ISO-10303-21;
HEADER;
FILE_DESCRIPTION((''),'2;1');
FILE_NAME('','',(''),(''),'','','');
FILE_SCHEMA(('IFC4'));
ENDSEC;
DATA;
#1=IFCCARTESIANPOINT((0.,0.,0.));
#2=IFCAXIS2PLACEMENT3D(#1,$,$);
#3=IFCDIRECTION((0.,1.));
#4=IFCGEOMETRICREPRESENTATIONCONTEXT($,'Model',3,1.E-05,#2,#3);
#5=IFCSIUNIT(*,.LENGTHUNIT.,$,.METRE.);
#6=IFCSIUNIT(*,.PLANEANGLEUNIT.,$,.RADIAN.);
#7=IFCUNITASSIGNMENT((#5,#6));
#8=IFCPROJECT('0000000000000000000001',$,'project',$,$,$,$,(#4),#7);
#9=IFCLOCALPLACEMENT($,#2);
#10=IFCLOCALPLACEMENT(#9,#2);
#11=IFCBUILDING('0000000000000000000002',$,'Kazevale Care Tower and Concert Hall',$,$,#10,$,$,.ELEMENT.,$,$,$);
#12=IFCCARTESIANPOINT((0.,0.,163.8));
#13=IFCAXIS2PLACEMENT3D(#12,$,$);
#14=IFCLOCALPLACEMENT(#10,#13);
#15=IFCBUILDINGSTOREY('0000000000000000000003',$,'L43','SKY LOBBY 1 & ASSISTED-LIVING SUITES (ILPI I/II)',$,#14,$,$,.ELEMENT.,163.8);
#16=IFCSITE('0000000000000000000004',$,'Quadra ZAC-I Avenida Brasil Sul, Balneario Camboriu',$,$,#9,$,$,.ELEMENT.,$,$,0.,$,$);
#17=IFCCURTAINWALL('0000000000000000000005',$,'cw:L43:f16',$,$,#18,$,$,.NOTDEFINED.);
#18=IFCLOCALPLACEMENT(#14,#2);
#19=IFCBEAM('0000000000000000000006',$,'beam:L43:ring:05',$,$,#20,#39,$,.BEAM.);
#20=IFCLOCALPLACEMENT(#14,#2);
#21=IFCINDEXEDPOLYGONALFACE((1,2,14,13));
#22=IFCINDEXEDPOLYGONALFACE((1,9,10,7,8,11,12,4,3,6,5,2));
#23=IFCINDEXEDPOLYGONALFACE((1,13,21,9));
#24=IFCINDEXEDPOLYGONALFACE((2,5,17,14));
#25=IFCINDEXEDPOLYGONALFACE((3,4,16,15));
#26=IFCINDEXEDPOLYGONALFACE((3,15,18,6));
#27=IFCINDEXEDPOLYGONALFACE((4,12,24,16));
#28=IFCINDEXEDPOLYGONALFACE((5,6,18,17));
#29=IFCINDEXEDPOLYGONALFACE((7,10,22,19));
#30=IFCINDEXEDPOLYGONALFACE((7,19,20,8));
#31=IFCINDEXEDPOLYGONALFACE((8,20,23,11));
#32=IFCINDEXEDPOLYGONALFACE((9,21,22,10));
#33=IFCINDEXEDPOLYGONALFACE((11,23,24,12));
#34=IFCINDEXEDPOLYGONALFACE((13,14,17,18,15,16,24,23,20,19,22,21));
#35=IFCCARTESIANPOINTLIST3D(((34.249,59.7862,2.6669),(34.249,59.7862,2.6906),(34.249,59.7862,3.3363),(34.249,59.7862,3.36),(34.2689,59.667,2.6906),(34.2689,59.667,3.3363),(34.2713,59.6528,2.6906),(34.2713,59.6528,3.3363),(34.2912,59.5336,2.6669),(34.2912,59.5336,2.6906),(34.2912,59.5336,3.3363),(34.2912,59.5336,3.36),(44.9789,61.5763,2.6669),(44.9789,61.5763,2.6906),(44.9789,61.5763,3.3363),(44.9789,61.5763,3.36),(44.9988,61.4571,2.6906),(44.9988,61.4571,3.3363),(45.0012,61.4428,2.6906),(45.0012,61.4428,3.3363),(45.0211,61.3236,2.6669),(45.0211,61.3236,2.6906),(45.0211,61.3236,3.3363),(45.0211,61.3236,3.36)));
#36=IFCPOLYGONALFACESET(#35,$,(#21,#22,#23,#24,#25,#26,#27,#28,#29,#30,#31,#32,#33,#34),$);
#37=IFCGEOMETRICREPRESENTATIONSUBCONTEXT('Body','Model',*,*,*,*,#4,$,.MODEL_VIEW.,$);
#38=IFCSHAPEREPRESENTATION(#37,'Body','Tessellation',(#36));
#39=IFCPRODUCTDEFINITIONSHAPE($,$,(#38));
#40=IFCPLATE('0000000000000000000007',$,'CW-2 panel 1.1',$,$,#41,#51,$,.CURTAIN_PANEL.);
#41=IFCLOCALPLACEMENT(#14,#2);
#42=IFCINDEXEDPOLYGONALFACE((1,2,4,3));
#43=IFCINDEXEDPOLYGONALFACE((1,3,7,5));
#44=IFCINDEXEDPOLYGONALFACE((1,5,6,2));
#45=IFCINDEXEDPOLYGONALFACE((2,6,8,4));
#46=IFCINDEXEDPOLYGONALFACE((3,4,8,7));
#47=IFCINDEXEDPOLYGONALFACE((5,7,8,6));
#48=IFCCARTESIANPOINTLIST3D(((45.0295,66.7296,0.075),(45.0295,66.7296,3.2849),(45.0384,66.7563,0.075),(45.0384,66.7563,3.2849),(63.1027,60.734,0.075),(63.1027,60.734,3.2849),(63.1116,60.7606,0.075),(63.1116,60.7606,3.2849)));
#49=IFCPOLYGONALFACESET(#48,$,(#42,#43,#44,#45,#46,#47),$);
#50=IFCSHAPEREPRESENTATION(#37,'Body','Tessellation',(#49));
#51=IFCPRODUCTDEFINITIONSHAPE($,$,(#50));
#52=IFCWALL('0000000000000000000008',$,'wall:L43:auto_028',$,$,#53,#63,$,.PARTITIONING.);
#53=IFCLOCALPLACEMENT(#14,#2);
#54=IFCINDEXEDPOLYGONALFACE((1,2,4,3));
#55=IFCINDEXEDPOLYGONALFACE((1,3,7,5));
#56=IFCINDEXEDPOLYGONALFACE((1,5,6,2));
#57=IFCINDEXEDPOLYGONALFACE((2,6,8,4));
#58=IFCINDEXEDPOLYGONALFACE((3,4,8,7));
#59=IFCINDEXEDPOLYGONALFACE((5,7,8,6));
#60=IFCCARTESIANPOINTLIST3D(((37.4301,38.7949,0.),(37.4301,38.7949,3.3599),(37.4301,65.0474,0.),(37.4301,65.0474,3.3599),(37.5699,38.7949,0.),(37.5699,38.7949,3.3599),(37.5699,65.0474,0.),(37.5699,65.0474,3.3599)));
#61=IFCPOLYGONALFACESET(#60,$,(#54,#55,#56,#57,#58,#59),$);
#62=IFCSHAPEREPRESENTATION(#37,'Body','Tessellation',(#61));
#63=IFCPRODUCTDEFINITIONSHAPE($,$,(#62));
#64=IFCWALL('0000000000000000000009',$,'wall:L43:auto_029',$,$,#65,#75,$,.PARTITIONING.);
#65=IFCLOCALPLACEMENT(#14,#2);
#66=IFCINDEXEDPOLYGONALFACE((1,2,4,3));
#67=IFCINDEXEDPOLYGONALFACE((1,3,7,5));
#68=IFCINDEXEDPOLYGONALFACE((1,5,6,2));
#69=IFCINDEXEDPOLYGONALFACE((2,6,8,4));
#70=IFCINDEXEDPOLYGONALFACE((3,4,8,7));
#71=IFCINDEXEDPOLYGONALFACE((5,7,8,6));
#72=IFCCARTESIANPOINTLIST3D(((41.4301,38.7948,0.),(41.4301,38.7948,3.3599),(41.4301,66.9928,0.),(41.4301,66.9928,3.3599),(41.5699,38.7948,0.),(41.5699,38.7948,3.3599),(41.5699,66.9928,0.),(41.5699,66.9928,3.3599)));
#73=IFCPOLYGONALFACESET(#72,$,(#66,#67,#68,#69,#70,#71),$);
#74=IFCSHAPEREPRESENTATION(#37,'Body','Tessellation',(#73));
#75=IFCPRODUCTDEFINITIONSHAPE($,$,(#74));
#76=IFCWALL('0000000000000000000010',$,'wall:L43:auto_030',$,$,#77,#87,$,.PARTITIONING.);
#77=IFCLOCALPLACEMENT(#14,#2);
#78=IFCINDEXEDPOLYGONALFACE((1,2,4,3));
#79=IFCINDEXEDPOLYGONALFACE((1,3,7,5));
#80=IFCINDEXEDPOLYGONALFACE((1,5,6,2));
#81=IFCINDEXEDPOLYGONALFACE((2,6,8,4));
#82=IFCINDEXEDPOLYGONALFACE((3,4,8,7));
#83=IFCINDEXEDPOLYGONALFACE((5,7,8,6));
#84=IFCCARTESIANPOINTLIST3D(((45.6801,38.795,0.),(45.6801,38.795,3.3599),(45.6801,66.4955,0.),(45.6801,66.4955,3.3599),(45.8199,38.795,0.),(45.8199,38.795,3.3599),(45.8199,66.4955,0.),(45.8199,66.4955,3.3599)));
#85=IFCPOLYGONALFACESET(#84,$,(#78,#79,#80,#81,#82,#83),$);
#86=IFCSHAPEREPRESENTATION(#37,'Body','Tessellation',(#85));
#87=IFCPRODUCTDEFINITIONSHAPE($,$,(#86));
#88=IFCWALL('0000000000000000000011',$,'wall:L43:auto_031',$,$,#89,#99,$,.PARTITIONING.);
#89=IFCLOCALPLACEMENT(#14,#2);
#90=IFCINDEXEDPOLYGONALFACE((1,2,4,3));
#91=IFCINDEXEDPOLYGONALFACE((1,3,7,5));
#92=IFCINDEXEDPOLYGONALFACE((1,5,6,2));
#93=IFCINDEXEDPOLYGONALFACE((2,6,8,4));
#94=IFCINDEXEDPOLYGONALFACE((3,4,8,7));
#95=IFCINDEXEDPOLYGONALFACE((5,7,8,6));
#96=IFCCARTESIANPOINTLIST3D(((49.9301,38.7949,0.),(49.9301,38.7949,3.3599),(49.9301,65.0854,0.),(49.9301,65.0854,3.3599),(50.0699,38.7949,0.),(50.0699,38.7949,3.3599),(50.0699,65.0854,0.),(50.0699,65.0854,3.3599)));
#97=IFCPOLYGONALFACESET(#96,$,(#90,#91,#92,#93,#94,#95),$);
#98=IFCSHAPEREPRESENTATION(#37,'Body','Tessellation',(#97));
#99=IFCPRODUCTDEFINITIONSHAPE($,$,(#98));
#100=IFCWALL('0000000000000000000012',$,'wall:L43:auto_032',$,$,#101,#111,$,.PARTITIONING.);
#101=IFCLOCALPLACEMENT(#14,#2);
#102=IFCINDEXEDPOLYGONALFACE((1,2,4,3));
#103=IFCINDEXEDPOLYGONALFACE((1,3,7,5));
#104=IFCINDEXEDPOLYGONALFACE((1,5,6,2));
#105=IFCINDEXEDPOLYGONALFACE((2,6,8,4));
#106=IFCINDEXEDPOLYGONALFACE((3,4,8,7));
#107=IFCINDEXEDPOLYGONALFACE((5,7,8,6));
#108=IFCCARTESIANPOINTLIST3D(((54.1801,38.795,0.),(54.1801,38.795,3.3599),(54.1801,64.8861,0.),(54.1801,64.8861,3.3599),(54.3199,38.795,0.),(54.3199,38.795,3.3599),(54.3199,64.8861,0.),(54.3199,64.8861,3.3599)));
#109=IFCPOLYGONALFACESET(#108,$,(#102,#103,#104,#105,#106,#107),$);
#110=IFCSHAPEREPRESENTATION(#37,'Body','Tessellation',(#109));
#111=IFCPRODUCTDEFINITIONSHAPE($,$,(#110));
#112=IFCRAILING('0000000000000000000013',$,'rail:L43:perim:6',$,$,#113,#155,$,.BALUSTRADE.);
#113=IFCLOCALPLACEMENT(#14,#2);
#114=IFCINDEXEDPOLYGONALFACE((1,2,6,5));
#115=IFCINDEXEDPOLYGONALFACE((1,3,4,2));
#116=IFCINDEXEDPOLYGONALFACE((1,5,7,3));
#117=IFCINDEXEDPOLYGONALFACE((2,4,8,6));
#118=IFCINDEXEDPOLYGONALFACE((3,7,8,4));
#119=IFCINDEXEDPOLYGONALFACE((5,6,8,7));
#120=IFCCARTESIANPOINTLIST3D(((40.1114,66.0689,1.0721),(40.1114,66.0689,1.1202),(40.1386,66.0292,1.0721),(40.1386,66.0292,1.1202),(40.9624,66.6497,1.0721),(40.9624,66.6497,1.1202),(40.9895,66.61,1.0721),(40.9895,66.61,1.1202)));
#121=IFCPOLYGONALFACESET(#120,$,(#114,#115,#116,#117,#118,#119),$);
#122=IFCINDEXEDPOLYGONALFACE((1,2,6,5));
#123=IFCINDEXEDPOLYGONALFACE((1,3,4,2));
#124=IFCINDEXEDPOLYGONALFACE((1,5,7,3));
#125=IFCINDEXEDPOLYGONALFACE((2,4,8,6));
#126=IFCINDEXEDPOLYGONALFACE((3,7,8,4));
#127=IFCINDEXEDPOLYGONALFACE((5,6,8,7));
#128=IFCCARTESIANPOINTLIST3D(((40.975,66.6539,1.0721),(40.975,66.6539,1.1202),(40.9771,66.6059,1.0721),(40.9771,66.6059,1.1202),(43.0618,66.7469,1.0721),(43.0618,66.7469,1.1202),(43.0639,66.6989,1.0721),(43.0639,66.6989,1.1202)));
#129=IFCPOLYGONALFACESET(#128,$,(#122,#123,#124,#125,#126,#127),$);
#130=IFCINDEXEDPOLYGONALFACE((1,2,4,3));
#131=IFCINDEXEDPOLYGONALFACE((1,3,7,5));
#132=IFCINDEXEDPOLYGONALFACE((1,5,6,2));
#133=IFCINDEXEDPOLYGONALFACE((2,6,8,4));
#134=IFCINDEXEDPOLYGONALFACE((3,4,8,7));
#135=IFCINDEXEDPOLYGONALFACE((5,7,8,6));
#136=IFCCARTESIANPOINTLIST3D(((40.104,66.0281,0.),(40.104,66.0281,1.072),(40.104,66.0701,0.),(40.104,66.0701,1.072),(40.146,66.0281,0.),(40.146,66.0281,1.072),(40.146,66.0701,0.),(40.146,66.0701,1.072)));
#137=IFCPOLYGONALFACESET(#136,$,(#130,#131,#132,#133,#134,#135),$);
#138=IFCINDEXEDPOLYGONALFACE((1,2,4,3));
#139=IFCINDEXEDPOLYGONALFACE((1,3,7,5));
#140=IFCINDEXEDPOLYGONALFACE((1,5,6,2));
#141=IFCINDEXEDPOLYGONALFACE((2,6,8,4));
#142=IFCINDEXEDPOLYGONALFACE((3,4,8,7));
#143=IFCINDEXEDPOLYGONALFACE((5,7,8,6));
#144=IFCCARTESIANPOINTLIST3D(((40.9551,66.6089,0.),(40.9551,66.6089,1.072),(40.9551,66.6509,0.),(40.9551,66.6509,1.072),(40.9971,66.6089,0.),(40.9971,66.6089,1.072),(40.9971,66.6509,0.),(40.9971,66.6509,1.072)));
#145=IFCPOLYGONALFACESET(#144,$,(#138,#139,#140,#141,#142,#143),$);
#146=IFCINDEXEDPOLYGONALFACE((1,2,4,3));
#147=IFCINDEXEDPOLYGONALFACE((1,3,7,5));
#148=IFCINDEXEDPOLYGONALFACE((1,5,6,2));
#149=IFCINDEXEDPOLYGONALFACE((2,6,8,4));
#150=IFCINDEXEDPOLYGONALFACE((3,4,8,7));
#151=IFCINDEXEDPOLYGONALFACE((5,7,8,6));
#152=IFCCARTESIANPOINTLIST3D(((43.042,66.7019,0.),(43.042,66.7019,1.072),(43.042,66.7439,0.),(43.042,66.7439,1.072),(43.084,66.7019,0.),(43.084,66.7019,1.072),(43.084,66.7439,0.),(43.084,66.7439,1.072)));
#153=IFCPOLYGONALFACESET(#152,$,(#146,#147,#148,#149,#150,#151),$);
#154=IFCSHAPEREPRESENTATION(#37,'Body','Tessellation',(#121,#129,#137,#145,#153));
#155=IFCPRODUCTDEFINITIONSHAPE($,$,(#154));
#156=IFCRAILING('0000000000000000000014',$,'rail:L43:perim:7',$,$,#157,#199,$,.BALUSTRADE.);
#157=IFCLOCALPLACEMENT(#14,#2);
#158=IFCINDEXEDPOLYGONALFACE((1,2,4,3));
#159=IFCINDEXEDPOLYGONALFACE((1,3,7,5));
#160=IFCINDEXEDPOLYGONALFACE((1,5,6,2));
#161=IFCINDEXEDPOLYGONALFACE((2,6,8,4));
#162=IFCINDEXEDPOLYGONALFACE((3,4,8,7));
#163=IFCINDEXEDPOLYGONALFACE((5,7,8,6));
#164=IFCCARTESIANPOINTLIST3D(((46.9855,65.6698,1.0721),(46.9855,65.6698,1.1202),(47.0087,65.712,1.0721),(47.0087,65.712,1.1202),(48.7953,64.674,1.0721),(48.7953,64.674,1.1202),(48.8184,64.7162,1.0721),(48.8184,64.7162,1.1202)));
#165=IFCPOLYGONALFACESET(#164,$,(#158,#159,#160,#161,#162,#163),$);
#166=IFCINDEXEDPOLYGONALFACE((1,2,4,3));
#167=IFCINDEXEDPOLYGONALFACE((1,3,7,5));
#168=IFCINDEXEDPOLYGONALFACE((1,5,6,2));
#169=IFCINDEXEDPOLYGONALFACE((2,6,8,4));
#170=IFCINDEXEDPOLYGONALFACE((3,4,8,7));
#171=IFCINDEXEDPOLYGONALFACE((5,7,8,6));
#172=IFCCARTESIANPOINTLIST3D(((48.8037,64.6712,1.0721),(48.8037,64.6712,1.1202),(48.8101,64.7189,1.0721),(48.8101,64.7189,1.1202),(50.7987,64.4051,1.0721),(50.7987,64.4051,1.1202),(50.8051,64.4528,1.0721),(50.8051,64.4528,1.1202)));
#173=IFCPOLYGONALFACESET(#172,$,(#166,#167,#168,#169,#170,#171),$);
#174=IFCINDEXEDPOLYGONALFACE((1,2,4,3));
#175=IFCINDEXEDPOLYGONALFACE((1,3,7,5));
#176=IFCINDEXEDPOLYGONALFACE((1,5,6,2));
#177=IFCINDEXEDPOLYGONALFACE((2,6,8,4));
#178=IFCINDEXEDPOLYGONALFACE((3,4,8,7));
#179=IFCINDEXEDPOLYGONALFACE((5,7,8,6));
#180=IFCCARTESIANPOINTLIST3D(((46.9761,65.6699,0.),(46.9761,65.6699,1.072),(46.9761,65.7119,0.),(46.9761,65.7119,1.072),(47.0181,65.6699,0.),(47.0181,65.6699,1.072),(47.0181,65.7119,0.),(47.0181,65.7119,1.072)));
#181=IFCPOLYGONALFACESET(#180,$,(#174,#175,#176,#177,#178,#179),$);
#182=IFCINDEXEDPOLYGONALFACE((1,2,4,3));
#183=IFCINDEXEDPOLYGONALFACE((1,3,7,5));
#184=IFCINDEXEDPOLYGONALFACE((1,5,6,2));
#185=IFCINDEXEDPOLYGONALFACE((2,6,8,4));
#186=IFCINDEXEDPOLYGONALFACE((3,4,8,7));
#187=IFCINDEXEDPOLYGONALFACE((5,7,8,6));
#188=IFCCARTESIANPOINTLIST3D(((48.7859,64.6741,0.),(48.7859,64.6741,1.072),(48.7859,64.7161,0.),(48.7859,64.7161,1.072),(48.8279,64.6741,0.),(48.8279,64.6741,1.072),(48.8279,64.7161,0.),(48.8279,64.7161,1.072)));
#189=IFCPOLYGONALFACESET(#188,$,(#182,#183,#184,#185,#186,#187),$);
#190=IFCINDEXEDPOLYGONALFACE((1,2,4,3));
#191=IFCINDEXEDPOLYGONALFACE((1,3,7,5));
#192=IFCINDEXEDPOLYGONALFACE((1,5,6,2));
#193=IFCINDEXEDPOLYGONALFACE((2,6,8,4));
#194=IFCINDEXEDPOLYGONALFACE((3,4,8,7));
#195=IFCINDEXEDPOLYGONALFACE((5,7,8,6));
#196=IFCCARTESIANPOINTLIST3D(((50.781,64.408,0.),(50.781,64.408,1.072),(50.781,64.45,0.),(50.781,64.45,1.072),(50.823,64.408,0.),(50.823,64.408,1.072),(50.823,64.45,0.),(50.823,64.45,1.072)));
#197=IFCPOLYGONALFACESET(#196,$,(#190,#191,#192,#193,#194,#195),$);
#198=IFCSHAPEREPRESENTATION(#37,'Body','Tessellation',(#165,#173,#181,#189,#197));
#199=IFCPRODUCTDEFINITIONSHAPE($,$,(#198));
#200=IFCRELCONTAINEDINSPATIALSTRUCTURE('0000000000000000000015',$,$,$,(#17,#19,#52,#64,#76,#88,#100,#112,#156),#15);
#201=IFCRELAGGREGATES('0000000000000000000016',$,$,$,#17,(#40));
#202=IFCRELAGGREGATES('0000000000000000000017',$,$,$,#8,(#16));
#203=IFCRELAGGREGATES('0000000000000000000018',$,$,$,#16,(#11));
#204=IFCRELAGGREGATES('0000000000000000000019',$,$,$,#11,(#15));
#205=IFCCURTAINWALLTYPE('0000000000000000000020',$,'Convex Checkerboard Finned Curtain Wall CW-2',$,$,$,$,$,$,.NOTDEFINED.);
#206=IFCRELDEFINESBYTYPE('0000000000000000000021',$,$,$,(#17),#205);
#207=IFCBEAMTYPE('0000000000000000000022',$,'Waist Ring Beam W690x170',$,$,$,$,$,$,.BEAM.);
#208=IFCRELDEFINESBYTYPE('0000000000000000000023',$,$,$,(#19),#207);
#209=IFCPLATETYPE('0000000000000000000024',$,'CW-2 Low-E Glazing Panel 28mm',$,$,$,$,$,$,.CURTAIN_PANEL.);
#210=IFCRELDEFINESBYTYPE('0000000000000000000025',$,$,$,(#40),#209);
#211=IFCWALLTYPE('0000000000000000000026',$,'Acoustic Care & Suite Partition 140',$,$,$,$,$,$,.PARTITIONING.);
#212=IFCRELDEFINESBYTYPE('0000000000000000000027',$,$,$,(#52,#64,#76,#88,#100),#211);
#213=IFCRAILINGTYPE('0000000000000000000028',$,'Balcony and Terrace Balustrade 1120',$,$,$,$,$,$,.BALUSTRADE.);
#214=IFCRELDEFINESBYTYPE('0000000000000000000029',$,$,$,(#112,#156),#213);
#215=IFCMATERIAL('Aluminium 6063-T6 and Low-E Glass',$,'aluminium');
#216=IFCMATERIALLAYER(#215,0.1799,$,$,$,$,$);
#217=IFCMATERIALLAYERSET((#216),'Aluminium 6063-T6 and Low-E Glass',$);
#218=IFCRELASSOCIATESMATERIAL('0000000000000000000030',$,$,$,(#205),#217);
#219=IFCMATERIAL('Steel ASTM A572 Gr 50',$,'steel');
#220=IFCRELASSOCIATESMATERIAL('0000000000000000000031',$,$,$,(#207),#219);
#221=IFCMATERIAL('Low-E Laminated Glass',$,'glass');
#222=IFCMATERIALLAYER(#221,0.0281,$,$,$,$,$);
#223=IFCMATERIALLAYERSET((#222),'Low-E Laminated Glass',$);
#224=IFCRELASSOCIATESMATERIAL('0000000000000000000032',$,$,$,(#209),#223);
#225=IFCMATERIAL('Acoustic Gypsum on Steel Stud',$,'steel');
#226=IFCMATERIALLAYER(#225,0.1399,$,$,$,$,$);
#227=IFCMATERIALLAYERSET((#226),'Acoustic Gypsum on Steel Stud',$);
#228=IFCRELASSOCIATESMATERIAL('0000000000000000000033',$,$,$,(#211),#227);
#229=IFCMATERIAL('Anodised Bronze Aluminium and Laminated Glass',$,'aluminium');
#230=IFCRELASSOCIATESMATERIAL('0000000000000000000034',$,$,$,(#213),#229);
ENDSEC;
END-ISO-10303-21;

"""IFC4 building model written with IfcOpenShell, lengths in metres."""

from ifc_helpers import new_model, si_unit, direction, frame, frame_2d, origin, origin_2d, place, context, subcontext, project, spatial, rectangle, i_section, extrude, material, layer, layer_set, material_profile, profile_set, type_object, element, aggregate, save


model = new_model("IFC4")

# Units and contexts
model_context = context("Model", 3, precision=1e-05, world=origin(), true_north=direction((0.0, 1.0)))
body_context = subcontext(model_context, "Body", "Model", "MODEL_VIEW")
ifc_project = project(units=[si_unit("LENGTHUNIT", "METRE"), si_unit("PLANEANGLEUNIT", "RADIAN")], contexts=[model_context])

# Site, building, storey
site_placement = place(None, origin())
site = spatial("IfcSite", under=ifc_project, at=site_placement, Name="Quadra ZAC-I Avenida Brasil Sul, Balneario Camboriu", CompositionType="ELEMENT", RefElevation=0.0)
building_placement = place(site_placement, origin())
building = spatial("IfcBuilding", under=site, at=building_placement, Name="Kazevale Care Tower and Concert Hall", CompositionType="ELEMENT")
storey_placement = place(building_placement, frame((0.0, 0.0, 163.8)))
storey = spatial("IfcBuildingStorey", under=building, at=storey_placement, Name="L43", Description="SKY LOBBY 1 & ASSISTED-LIVING SUITES (ILPI I/II)", CompositionType="ELEMENT", Elevation=163.8)

# Curtain wall
ifc_material_1 = material(Name="Aluminium 6063-T6 and Low-E Glass", Category="aluminium")
ifc_layer_1 = layer(ifc_material_1, 0.1799)
ifc_layer_set_1 = layer_set([ifc_layer_1], Name="Aluminium 6063-T6 and Low-E Glass")
curtain_wall_type_1 = type_object("IfcCurtainWallType", Name="Convex Checkerboard Finned Curtain Wall CW-2", PredefinedType="NOTDEFINED", material=ifc_layer_set_1)
curtain_wall_1_placement = place(storey_placement, origin())
curtain_wall_1 = element("IfcCurtainWall", 1, at=curtain_wall_1_placement, inside=storey, type_object=curtain_wall_type_1, Name="cw:L43:f16", PredefinedType="NOTDEFINED")

# Beam
ifc_material_2 = material(Name="Steel ASTM A572 Gr 50", Category="steel")
ifc_material_profile_1 = material_profile(ifc_material_2, i_section(OverallWidth=0.2561, OverallDepth=0.6931, WebThickness=0.0144, FlangeThickness=0.0237, at=origin_2d()), Name="W690x170")
ifc_profile_set_1 = profile_set([ifc_material_profile_1], Name="Steel ASTM A572 Gr 50")
beam_type_1 = type_object("IfcBeamType", Name="Waist Ring Beam W690x170", PredefinedType="BEAM", material=ifc_profile_set_1)
beam_1_placement = place(storey_placement, frame((45.0, 61.45, 3.0134), z_axis=(-0.986368, -0.164552, 0.0), x_axis=(0.164552, -0.986368, 0.0)))
element("IfcBeam", 2, at=beam_1_placement, inside=storey, type_object=beam_type_1, Name="beam:L43:ring:05", PredefinedType="BEAM", context=body_context, shape_type="SweptSolid", body=[
    extrude(i_section(OverallWidth=0.2561, OverallDepth=0.6931, WebThickness=0.0144, FlangeThickness=0.0237, at=origin_2d()), origin(), (0.0, 0.0, 1.0), 10.8782),
])

# Plate
ifc_material_3 = material(Name="Low-E Laminated Glass", Category="glass")
ifc_layer_2 = layer(ifc_material_3, 0.0281)
ifc_layer_set_2 = layer_set([ifc_layer_2], Name="Low-E Laminated Glass")
plate_type = type_object("IfcPlateType", Name="CW-2 Low-E Glazing Panel 28mm", PredefinedType="CURTAIN_PANEL", material=ifc_layer_set_2)
plate_placement = place(storey_placement, frame((54.0706, 63.7451, 0.075), z_axis=(0.0, 0.0, 1.0), x_axis=(0.949135, -0.314868, 0.0)))
plate = element("IfcPlate", 3, at=plate_placement, type_object=plate_type, Name="CW-2 panel 1.1", PredefinedType="CURTAIN_PANEL", context=body_context, shape_type="SweptSolid", body=[
    extrude(rectangle(XDim=19.0417, YDim=0.0281, at=origin_2d()), origin(), (0.0, 0.0, 1.0), 3.21),
])
aggregate(curtain_wall_1, [plate])

# Walls
ifc_material_4 = material(Name="Acoustic Gypsum on Steel Stud", Category="steel")
ifc_layer_3 = layer(ifc_material_4, 0.1399)
ifc_layer_set_3 = layer_set([ifc_layer_3], Name="Acoustic Gypsum on Steel Stud")
wall_type = type_object("IfcWallType", Name="Acoustic Care & Suite Partition 140", PredefinedType="PARTITIONING", material=ifc_layer_set_3)
wall_1_placement = place(storey_placement, frame((37.5, 65.0474, 0.0), z_axis=(0.0, 0.0, 1.0), x_axis=(0.0, -1.0, 0.0)))
element("IfcWall", 4, at=wall_1_placement, inside=storey, type_object=wall_type, Name="wall:L43:auto_028", PredefinedType="PARTITIONING", context=body_context, shape_type="SweptSolid", body=[
    extrude(rectangle(XDim=26.2524, YDim=0.1399, at=frame_2d((13.1262, 0.0))), origin(), (0.0, 0.0, 1.0), 3.3599),
])
wall_2_placement = place(storey_placement, frame((41.5, 66.9929, 0.0), z_axis=(0.0, 0.0, 1.0), x_axis=(0.0, -1.0, 0.0)))
element("IfcWall", 5, at=wall_2_placement, inside=storey, type_object=wall_type, Name="wall:L43:auto_029", PredefinedType="PARTITIONING", context=body_context, shape_type="SweptSolid", body=[
    extrude(rectangle(XDim=28.198, YDim=0.1399, at=frame_2d((14.0991, 0.0))), origin(), (0.0, 0.0, 1.0), 3.3599),
])
wall_3_placement = place(storey_placement, frame((45.75, 66.4954, 0.0), z_axis=(0.0, 0.0, 1.0), x_axis=(0.0, -1.0, 0.0)))
element("IfcWall", 6, at=wall_3_placement, inside=storey, type_object=wall_type, Name="wall:L43:auto_030", PredefinedType="PARTITIONING", context=body_context, shape_type="SweptSolid", body=[
    extrude(rectangle(XDim=27.7004, YDim=0.1399, at=frame_2d((13.8501, 0.0))), origin(), (0.0, 0.0, 1.0), 3.3599),
])
wall_4_placement = place(storey_placement, frame((50.0, 65.0854, 0.0), z_axis=(0.0, 0.0, 1.0), x_axis=(0.0, -1.0, 0.0)))
element("IfcWall", 7, at=wall_4_placement, inside=storey, type_object=wall_type, Name="wall:L43:auto_031", PredefinedType="PARTITIONING", context=body_context, shape_type="SweptSolid", body=[
    extrude(rectangle(XDim=26.2905, YDim=0.1399, at=frame_2d((13.1453, 0.0))), origin(), (0.0, 0.0, 1.0), 3.3599),
])
wall_5_placement = place(storey_placement, frame((54.25, 64.886, 0.0), z_axis=(0.0, 0.0, 1.0), x_axis=(0.0, -1.0, 0.0)))
element("IfcWall", 8, at=wall_5_placement, inside=storey, type_object=wall_type, Name="wall:L43:auto_032", PredefinedType="PARTITIONING", context=body_context, shape_type="SweptSolid", body=[
    extrude(rectangle(XDim=26.0911, YDim=0.1399, at=frame_2d((13.0454, 0.0))), origin(), (0.0, 0.0, 1.0), 3.3599),
])

# Railings
ifc_material_5 = material(Name="Anodised Bronze Aluminium and Laminated Glass", Category="aluminium")
railing_type = type_object("IfcRailingType", Name="Balcony and Terrace Balustrade 1120", PredefinedType="BALUSTRADE", material=ifc_material_5)
railing_1_placement = place(storey_placement, frame((40.125, 66.0491, 0.0)))
element("IfcRailing", 9, at=railing_1_placement, inside=storey, type_object=railing_type, Name="rail:L43:perim:6", PredefinedType="BALUSTRADE", context=body_context, shape_type="SweptSolid", body=[
    extrude(rectangle(XDim=0.0481, YDim=0.0481, at=origin_2d()), frame((0.0, 0.0, 1.0962), z_axis=(0.825987, 0.56369, 0.0), x_axis=(-0.56369, 0.825987, 0.0)), (0.0, 0.0, 1.0), 1.0303),
    extrude(rectangle(XDim=0.0481, YDim=0.0481, at=origin_2d()), frame((0.8511, 0.5808, 1.0962), z_axis=(0.999008, 0.044528, 0.0), x_axis=(-0.044528, 0.999008, 0.0)), (0.0, 0.0, 1.0), 2.0889),
    extrude(rectangle(XDim=0.042, YDim=0.042, at=origin_2d()), origin(), (0.0, 0.0, 1.0), 1.072),
    extrude(rectangle(XDim=0.042, YDim=0.042, at=origin_2d()), frame((0.8511, 0.5808, 0.0)), (0.0, 0.0, 1.0), 1.072),
    extrude(rectangle(XDim=0.042, YDim=0.042, at=origin_2d()), frame((2.938, 0.6738, 0.0)), (0.0, 0.0, 1.0), 1.072),
])
railing_2_placement = place(storey_placement, frame((46.9971, 65.6909, 0.0)))
element("IfcRailing", 10, at=railing_2_placement, inside=storey, type_object=railing_type, Name="rail:L43:perim:7", PredefinedType="BALUSTRADE", context=body_context, shape_type="SweptSolid", body=[
    extrude(rectangle(XDim=0.0481, YDim=0.0481, at=origin_2d()), frame((0.0, 0.0, 1.0962), z_axis=(0.876124, -0.482087, 0.0), x_axis=(0.482087, 0.876124, 0.0)), (0.0, 0.0, 1.0), 2.0657),
    extrude(rectangle(XDim=0.0481, YDim=0.0481, at=origin_2d()), frame((1.8098, -0.9958, 1.0962), z_axis=(0.991222, -0.132211, 0.0), x_axis=(0.132211, 0.991222, 0.0)), (0.0, 0.0, 1.0), 2.0127),
    extrude(rectangle(XDim=0.042, YDim=0.042, at=origin_2d()), origin(), (0.0, 0.0, 1.0), 1.072),
    extrude(rectangle(XDim=0.042, YDim=0.042, at=origin_2d()), frame((1.8098, -0.9958, 0.0)), (0.0, 0.0, 1.0), 1.072),
    extrude(rectangle(XDim=0.042, YDim=0.042, at=origin_2d()), frame((3.8049, -1.262, 0.0)), (0.0, 0.0, 1.0), 1.072),
])

save(model, "model.ifc")
